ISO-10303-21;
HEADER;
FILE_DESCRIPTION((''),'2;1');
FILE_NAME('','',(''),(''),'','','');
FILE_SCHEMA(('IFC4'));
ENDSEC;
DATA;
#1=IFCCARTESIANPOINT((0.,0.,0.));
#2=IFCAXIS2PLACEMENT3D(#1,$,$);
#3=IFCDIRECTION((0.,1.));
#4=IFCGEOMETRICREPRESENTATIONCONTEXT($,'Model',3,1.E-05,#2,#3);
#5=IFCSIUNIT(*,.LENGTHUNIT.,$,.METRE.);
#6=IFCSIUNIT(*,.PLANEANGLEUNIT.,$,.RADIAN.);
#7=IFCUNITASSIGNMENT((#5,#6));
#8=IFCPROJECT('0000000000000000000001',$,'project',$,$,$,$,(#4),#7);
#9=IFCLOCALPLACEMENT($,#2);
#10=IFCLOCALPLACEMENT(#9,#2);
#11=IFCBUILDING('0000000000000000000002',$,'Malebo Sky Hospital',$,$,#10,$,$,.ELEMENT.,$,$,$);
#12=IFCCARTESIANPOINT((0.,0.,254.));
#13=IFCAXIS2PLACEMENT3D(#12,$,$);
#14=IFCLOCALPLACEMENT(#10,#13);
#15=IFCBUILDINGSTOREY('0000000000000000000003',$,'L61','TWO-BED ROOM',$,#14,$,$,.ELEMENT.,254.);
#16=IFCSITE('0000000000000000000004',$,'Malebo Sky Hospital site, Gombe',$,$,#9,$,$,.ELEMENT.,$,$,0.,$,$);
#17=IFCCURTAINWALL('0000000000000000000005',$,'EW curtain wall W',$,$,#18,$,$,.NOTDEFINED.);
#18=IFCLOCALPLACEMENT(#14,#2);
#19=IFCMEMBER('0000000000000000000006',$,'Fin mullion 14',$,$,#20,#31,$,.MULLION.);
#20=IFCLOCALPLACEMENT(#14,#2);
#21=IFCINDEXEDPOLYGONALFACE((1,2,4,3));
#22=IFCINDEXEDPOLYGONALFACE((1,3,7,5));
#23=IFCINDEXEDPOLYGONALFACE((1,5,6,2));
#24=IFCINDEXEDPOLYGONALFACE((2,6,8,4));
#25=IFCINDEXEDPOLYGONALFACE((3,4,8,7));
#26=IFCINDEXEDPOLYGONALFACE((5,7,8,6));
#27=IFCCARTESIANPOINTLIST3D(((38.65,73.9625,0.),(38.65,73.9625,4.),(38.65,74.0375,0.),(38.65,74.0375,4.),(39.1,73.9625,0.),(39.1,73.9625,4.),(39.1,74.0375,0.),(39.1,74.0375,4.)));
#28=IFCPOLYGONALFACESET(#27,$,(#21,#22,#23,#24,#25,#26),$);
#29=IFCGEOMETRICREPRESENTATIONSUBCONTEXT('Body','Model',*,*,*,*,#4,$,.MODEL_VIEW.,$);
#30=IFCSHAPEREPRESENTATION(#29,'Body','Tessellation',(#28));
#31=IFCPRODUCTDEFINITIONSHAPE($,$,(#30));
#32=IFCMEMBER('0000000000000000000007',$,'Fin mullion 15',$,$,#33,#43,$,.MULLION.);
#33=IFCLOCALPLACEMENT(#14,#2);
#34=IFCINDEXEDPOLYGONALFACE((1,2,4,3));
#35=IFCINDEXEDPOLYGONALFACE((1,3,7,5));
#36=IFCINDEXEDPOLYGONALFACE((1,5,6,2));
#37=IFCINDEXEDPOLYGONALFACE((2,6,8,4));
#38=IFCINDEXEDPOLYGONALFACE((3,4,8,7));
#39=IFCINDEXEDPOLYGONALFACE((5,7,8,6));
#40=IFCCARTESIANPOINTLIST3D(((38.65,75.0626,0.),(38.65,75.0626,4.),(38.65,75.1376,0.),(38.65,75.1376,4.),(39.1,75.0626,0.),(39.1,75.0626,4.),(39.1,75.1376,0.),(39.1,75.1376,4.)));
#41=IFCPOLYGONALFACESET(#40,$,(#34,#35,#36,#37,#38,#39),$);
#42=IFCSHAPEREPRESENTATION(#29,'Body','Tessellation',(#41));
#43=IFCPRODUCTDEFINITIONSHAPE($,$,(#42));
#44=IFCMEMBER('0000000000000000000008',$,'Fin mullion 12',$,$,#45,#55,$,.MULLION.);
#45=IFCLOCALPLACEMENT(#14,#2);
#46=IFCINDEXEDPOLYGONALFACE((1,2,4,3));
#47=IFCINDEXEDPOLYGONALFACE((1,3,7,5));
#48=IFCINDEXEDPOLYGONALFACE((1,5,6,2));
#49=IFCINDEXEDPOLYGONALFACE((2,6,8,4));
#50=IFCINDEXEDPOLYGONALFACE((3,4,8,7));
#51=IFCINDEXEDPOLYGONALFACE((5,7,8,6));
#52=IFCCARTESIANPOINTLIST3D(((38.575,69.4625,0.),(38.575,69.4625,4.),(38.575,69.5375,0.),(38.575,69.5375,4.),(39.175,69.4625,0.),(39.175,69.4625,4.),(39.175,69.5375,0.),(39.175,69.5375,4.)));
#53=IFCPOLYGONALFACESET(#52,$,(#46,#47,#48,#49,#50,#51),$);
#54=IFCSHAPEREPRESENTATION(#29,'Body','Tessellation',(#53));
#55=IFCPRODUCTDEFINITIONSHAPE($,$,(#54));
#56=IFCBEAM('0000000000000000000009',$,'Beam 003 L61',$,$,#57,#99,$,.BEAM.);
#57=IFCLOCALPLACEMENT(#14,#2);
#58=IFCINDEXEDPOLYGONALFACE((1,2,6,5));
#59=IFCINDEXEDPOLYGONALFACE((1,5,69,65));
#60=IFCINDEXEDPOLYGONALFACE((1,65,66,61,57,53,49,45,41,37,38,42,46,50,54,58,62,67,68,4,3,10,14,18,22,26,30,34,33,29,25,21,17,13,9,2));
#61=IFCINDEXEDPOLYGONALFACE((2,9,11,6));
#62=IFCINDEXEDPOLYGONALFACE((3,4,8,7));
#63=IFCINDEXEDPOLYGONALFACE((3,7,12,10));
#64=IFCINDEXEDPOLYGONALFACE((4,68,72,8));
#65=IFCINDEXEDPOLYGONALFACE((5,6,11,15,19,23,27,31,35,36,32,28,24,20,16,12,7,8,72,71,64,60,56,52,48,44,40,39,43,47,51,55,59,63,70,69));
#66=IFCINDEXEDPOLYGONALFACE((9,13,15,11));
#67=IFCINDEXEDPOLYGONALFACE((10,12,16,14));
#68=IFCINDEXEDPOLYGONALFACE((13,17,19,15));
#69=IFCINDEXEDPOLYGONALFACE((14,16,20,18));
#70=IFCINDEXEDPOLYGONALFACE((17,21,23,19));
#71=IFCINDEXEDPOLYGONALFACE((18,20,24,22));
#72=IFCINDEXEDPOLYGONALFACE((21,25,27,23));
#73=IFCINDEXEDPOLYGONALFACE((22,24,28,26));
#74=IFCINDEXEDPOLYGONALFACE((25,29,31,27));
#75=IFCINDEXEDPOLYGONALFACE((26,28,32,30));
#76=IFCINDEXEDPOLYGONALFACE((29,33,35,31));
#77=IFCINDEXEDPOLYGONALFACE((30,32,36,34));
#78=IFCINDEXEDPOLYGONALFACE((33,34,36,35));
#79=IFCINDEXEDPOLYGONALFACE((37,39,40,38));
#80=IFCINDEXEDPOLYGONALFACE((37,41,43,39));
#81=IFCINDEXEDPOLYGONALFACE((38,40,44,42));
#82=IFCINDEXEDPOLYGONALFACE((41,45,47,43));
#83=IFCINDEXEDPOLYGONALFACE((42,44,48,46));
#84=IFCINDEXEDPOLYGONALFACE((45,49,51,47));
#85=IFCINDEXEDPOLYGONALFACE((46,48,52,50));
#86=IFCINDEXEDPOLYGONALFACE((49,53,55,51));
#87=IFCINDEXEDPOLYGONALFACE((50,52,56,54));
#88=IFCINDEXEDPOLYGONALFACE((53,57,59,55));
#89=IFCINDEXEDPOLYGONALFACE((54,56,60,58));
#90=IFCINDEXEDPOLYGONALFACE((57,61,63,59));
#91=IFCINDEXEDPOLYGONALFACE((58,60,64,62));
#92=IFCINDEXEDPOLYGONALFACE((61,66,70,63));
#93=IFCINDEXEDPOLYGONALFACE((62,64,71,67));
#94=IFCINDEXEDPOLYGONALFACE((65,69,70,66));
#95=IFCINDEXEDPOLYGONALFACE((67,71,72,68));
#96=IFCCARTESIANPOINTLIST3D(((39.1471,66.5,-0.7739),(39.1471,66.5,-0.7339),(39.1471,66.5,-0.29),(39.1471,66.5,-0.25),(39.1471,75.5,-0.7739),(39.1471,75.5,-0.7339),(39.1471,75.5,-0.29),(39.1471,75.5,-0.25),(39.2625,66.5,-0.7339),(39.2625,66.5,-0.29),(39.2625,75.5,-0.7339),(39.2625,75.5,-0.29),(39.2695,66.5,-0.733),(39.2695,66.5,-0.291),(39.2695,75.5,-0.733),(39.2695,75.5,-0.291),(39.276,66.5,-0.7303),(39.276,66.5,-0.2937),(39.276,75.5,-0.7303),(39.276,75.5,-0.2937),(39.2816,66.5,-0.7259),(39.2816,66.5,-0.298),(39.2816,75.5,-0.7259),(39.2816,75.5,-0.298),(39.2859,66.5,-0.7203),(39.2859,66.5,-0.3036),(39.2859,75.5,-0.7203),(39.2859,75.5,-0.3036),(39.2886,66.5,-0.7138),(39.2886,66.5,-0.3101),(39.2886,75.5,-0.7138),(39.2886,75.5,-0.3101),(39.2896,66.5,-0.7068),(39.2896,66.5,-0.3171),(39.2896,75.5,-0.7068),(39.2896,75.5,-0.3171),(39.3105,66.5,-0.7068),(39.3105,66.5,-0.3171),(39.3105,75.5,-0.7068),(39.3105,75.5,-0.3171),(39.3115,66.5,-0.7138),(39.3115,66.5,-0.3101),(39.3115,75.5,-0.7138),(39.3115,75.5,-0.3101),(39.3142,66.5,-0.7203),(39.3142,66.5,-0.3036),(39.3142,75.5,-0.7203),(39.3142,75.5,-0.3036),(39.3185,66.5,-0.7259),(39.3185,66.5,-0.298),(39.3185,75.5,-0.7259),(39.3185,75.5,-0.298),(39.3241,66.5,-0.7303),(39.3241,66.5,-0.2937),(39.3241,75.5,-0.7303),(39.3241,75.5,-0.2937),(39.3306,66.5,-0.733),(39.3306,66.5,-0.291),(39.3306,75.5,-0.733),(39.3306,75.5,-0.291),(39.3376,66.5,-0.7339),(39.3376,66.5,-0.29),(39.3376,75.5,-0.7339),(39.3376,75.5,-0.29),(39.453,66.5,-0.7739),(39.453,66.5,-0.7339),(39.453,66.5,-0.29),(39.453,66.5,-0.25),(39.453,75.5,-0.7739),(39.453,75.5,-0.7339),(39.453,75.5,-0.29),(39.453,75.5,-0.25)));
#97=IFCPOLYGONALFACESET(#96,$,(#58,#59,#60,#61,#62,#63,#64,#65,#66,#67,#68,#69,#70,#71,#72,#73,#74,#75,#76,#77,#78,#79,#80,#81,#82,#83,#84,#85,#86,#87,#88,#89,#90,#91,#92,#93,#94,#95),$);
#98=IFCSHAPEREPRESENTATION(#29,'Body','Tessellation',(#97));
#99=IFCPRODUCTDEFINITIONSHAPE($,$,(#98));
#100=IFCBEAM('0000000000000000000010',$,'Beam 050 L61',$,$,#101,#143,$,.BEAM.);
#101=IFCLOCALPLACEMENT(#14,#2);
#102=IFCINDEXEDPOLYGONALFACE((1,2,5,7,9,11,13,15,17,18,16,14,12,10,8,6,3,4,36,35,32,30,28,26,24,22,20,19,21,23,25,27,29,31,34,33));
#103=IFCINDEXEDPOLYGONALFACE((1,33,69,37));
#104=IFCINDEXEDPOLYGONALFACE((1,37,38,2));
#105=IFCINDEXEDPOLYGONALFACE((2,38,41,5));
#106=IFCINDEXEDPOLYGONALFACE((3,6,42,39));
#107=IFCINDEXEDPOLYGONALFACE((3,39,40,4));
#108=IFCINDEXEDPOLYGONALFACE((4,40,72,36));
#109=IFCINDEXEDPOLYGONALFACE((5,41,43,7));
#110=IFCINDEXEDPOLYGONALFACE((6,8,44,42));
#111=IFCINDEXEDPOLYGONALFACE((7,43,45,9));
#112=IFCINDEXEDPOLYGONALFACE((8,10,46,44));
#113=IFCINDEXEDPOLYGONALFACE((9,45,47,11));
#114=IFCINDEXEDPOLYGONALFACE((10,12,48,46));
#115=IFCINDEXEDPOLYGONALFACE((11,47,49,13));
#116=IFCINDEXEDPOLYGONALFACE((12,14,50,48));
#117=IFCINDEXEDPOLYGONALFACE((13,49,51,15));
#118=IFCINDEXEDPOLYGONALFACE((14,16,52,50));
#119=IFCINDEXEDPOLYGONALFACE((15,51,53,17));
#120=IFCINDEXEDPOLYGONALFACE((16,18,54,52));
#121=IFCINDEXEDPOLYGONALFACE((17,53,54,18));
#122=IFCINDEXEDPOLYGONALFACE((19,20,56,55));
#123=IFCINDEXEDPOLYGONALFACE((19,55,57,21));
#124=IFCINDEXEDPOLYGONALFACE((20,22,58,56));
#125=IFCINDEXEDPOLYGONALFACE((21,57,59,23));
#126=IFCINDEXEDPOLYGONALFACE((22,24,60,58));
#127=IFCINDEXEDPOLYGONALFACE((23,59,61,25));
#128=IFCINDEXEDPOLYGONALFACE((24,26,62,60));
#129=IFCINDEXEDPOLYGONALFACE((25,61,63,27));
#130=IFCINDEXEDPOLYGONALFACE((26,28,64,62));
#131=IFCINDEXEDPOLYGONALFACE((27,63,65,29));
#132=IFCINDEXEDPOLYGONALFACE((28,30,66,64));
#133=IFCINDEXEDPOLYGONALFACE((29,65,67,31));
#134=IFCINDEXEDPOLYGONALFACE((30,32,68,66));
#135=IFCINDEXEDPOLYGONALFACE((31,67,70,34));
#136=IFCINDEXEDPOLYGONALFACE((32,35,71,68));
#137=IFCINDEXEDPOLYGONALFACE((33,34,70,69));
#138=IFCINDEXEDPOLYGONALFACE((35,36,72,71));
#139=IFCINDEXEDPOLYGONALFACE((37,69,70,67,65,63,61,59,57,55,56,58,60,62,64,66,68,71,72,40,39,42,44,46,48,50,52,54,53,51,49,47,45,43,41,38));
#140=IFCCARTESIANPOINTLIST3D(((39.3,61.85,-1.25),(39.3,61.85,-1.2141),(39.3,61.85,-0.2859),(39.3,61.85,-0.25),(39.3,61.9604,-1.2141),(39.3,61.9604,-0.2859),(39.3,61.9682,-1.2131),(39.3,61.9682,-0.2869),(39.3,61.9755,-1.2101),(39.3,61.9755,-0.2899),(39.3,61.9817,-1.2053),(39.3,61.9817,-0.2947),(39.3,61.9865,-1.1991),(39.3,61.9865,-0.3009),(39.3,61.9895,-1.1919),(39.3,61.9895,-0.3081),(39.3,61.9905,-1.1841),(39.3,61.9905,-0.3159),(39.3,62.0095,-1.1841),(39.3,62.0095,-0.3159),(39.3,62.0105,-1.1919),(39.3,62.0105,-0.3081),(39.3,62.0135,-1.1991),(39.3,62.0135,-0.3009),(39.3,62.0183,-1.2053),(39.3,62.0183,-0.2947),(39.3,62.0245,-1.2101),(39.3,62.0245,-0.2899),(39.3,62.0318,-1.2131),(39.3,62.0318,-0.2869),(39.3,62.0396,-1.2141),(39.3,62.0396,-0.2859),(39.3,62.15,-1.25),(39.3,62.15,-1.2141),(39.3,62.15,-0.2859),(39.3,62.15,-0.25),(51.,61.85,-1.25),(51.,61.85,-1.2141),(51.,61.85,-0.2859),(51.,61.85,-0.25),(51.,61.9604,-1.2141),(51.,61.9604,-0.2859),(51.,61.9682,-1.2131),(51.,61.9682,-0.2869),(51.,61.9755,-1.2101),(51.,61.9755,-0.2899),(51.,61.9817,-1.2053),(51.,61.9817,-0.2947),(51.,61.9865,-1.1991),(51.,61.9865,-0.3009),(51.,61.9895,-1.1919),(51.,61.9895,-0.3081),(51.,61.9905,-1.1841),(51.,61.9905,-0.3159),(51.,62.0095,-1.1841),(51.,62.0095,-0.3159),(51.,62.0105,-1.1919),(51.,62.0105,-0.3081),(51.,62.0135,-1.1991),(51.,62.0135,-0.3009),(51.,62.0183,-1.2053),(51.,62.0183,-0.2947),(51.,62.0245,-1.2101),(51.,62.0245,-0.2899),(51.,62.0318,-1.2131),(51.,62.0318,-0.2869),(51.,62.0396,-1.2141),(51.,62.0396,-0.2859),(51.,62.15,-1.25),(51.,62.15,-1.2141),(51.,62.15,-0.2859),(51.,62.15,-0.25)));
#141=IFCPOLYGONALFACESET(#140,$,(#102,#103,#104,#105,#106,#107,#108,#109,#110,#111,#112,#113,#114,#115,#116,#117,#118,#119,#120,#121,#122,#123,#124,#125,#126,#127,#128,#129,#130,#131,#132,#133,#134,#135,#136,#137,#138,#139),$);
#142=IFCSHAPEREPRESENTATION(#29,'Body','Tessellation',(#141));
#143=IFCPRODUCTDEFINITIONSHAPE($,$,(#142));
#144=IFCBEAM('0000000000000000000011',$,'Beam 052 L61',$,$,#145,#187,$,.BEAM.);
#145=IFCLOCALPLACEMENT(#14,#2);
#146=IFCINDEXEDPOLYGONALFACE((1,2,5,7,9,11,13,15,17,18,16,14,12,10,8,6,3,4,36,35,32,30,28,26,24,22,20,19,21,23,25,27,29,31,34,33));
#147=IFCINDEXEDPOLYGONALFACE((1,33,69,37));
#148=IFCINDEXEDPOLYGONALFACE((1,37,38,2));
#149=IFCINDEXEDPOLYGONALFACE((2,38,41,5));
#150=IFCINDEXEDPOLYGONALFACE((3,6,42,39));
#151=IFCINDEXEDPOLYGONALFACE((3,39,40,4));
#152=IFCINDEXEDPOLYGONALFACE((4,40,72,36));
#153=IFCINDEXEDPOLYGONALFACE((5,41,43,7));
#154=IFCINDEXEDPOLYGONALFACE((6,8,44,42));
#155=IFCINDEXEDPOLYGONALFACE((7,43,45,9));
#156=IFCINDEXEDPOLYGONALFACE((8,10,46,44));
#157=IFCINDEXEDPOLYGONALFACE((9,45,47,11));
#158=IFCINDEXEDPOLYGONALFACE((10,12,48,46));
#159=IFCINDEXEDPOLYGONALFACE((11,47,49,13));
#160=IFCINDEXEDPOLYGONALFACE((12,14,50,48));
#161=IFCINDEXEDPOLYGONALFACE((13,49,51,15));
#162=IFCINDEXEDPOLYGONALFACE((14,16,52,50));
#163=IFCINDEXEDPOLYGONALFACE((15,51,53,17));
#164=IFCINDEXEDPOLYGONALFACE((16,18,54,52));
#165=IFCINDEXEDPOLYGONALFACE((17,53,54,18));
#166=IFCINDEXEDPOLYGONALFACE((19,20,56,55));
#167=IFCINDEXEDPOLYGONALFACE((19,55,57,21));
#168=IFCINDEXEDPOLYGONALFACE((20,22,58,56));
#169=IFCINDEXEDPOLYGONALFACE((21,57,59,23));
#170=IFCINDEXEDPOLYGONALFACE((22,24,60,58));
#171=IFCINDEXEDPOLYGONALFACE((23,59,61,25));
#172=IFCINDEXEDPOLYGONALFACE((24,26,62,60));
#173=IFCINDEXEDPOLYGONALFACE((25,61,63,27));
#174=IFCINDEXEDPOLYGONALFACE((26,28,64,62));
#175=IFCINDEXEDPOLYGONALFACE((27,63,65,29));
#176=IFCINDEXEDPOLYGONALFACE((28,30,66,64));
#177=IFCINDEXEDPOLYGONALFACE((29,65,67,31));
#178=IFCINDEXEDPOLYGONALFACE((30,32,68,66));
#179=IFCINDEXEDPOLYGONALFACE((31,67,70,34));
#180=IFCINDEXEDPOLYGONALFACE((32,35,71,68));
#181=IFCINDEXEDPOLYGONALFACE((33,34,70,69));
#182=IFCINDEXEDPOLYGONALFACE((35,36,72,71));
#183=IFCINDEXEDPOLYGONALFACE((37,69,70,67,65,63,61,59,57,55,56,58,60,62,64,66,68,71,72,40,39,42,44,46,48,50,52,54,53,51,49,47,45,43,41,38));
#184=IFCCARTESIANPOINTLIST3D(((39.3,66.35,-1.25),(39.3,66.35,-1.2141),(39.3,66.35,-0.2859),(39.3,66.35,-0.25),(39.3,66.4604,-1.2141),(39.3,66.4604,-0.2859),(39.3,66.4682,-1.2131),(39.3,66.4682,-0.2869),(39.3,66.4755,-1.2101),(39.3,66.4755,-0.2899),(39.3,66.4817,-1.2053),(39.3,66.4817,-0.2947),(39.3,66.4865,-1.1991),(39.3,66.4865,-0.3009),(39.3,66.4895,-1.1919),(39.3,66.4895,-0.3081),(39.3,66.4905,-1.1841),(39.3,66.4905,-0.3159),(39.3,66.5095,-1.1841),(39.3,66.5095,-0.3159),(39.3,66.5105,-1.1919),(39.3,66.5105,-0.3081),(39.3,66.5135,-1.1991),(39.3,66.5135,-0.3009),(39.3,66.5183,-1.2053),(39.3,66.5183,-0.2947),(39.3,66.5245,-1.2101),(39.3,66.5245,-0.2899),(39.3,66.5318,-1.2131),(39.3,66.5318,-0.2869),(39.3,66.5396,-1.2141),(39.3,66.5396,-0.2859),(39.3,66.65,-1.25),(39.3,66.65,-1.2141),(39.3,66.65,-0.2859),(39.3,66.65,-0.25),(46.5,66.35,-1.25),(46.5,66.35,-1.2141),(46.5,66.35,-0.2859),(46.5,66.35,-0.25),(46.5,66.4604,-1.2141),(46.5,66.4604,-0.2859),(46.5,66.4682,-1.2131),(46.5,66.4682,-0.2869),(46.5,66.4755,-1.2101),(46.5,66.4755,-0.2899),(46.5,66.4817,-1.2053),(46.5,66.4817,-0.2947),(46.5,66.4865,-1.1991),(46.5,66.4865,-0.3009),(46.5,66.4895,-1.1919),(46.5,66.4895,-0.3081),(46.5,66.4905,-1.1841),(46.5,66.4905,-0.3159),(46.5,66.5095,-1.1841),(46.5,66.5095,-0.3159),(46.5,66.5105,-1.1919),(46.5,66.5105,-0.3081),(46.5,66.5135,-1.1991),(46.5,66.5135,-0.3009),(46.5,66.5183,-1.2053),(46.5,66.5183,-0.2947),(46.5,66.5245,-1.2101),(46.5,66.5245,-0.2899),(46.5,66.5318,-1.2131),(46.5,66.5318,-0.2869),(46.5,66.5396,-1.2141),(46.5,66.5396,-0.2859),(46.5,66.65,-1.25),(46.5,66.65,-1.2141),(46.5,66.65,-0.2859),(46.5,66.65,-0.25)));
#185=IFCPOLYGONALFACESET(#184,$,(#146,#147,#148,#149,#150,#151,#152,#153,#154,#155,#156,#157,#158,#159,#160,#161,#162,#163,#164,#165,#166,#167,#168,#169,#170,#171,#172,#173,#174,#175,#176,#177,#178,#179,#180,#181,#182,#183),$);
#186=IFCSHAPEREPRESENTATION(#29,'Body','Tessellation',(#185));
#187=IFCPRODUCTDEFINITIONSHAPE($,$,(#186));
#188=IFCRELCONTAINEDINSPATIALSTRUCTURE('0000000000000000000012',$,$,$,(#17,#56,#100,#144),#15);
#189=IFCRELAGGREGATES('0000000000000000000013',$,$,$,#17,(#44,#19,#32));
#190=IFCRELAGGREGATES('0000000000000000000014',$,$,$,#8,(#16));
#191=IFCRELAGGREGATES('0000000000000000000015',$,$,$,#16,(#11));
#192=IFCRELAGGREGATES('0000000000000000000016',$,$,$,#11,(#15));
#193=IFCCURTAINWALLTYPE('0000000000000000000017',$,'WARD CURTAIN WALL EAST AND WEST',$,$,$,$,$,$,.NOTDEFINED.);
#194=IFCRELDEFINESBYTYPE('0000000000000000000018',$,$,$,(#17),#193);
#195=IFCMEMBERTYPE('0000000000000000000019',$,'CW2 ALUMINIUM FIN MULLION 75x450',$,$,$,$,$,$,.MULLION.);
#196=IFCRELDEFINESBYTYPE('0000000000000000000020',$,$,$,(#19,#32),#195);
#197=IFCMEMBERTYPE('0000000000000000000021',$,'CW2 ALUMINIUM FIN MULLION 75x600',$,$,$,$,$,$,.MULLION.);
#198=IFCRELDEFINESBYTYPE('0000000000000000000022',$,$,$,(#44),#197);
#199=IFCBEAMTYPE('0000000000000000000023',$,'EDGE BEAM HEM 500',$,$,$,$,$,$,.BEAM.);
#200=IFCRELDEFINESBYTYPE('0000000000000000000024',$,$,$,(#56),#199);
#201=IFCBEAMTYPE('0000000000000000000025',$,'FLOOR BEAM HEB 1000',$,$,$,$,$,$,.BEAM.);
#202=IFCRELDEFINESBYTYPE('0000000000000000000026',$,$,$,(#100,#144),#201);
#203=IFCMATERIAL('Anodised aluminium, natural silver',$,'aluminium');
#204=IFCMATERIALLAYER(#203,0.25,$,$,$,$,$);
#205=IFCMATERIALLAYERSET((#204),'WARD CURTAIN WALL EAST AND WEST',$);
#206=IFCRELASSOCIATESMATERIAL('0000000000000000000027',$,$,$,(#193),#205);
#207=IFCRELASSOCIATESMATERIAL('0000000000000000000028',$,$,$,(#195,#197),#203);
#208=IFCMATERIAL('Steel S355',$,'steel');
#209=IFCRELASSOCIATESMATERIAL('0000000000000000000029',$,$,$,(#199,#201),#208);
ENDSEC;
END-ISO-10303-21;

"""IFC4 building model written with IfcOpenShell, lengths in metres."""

from ifc_helpers import new_model, si_unit, direction, frame, origin, origin_2d, place, context, subcontext, project, spatial, rectangle, i_section, extrude, material, layer, layer_set, material_profile, profile_set, type_object, element, aggregate, save


model = new_model("IFC4")

# Units and contexts
model_context = context("Model", 3, precision=1e-05, world=origin(), true_north=direction((0.0, 1.0)))
body_context = subcontext(model_context, "Body", "Model", "MODEL_VIEW")
ifc_project = project(units=[si_unit("LENGTHUNIT", "METRE"), si_unit("PLANEANGLEUNIT", "RADIAN")], contexts=[model_context])

# Site, building, storey
site_placement = place(None, origin())
site = spatial("IfcSite", under=ifc_project, at=site_placement, Name="Malebo Sky Hospital site, Gombe", CompositionType="ELEMENT", RefElevation=0.0)
building_placement = place(site_placement, origin())
building = spatial("IfcBuilding", under=site, at=building_placement, Name="Malebo Sky Hospital", CompositionType="ELEMENT")
storey_placement = place(building_placement, frame((0.0, 0.0, 254.0)))
storey = spatial("IfcBuildingStorey", under=building, at=storey_placement, Name="L61", Description="TWO-BED ROOM", CompositionType="ELEMENT", Elevation=254.0)

# Curtain wall, members
ifc_material_1 = material(Name="Anodised aluminium, natural silver", Category="aluminium")
ifc_layer_1 = layer(ifc_material_1, 0.25)
ifc_layer_set_1 = layer_set([ifc_layer_1], Name="WARD CURTAIN WALL EAST AND WEST")
curtain_wall_type = type_object("IfcCurtainWallType", Name="WARD CURTAIN WALL EAST AND WEST", PredefinedType="NOTDEFINED", material=ifc_layer_set_1)
curtain_wall_placement = place(storey_placement, origin())
curtain_wall = element("IfcCurtainWall", 1, at=curtain_wall_placement, inside=storey, type_object=curtain_wall_type, Name="EW curtain wall W", PredefinedType="NOTDEFINED")
ifc_material_profile_1 = material_profile(ifc_material_1, rectangle(XDim=0.075, YDim=0.45, at=origin_2d()), Name="CW2 ALUMINIUM FIN MULLION 75x450")
ifc_profile_set_1 = profile_set([ifc_material_profile_1], Name="Anodised aluminium, natural silver")
member_type_1 = type_object("IfcMemberType", Name="CW2 ALUMINIUM FIN MULLION 75x450", PredefinedType="MULLION", material=ifc_profile_set_1)
member_1_placement = place(storey_placement, frame((38.875, 74.0, 0.0), z_axis=(0.0, 0.0, 1.0), x_axis=(0.0, 1.0, 0.0)))
member_1 = element("IfcMember", 2, at=member_1_placement, type_object=member_type_1, Name="Fin mullion 14", PredefinedType="MULLION", context=body_context, shape_type="SweptSolid", body=[
    extrude(rectangle(XDim=0.075, YDim=0.45, at=origin_2d()), origin(), (0.0, 0.0, 1.0), 4.0),
])
member_2_placement = place(storey_placement, frame((38.875, 75.1001, 0.0), z_axis=(0.0, 0.0, 1.0), x_axis=(0.0, 1.0, 0.0)))
member_2 = element("IfcMember", 3, at=member_2_placement, type_object=member_type_1, Name="Fin mullion 15", PredefinedType="MULLION", context=body_context, shape_type="SweptSolid", body=[
    extrude(rectangle(XDim=0.075, YDim=0.45, at=origin_2d()), origin(), (0.0, 0.0, 1.0), 4.0),
])
ifc_material_profile_2 = material_profile(ifc_material_1, rectangle(XDim=0.075, YDim=0.6001, at=origin_2d()), Name="CW2 ALUMINIUM FIN MULLION 75x600")
ifc_profile_set_2 = profile_set([ifc_material_profile_2], Name="Anodised aluminium, natural silver")
member_type_2 = type_object("IfcMemberType", Name="CW2 ALUMINIUM FIN MULLION 75x600", PredefinedType="MULLION", material=ifc_profile_set_2)
member_3_placement = place(storey_placement, frame((38.875, 69.5, 0.0), z_axis=(0.0, 0.0, 1.0), x_axis=(0.0, 1.0, 0.0)))
member_3 = element("IfcMember", 4, at=member_3_placement, type_object=member_type_2, Name="Fin mullion 12", PredefinedType="MULLION", context=body_context, shape_type="SweptSolid", body=[
    extrude(rectangle(XDim=0.075, YDim=0.6001, at=origin_2d()), origin(), (0.0, 0.0, 1.0), 4.0),
])

# Beams
ifc_material_2 = material(Name="Steel S355", Category="steel")
ifc_material_profile_3 = material_profile(ifc_material_2, i_section(OverallWidth=0.3059, OverallDepth=0.5239, WebThickness=0.021, FlangeThickness=0.04, FilletRadius=0.0271, at=origin_2d()), Name="HEM 500")
ifc_profile_set_3 = profile_set([ifc_material_profile_3], Name="Steel S355")
beam_type_1 = type_object("IfcBeamType", Name="EDGE BEAM HEM 500", PredefinedType="BEAM", material=ifc_profile_set_3)
beam_1_placement = place(storey_placement, frame((39.3, 66.5, -0.512), z_axis=(0.0, 1.0, 0.0), x_axis=(-1.0, 0.0, 0.0)))
element("IfcBeam", 5, at=beam_1_placement, inside=storey, type_object=beam_type_1, Name="Beam 003 L61", PredefinedType="BEAM", context=body_context, shape_type="SweptSolid", body=[
    extrude(i_section(OverallWidth=0.3059, OverallDepth=0.5239, WebThickness=0.021, FlangeThickness=0.04, FilletRadius=0.0271, at=origin_2d()), origin(), (0.0, 0.0, 1.0), 9.0),
])
ifc_material_profile_4 = material_profile(ifc_material_2, i_section(OverallWidth=0.3, OverallDepth=1.0, WebThickness=0.019, FlangeThickness=0.0359, FilletRadius=0.03, at=origin_2d()), Name="HEB 1000")
ifc_profile_set_4 = profile_set([ifc_material_profile_4], Name="Steel S355")
beam_type_2 = type_object("IfcBeamType", Name="FLOOR BEAM HEB 1000", PredefinedType="BEAM", material=ifc_profile_set_4)
beam_2_placement = place(storey_placement, frame((39.3, 62.0, -0.75), z_axis=(1.0, 0.0, 0.0), x_axis=(0.0, 1.0, 0.0)))
element("IfcBeam", 6, at=beam_2_placement, inside=storey, type_object=beam_type_2, Name="Beam 050 L61", PredefinedType="BEAM", context=body_context, shape_type="SweptSolid", body=[
    extrude(i_section(OverallWidth=0.3, OverallDepth=1.0, WebThickness=0.019, FlangeThickness=0.0359, FilletRadius=0.03, at=origin_2d()), origin(), (0.0, 0.0, 1.0), 11.7),
])
beam_3_placement = place(storey_placement, frame((39.3, 66.5, -0.75), z_axis=(1.0, 0.0, 0.0), x_axis=(0.0, 1.0, 0.0)))
element("IfcBeam", 7, at=beam_3_placement, inside=storey, type_object=beam_type_2, Name="Beam 052 L61", PredefinedType="BEAM", context=body_context, shape_type="SweptSolid", body=[
    extrude(i_section(OverallWidth=0.3, OverallDepth=1.0, WebThickness=0.019, FlangeThickness=0.0359, FilletRadius=0.03, at=origin_2d()), origin(), (0.0, 0.0, 1.0), 7.2),
])

aggregate(curtain_wall, [member_3, member_1, member_2])

save(model, "model.ifc")
